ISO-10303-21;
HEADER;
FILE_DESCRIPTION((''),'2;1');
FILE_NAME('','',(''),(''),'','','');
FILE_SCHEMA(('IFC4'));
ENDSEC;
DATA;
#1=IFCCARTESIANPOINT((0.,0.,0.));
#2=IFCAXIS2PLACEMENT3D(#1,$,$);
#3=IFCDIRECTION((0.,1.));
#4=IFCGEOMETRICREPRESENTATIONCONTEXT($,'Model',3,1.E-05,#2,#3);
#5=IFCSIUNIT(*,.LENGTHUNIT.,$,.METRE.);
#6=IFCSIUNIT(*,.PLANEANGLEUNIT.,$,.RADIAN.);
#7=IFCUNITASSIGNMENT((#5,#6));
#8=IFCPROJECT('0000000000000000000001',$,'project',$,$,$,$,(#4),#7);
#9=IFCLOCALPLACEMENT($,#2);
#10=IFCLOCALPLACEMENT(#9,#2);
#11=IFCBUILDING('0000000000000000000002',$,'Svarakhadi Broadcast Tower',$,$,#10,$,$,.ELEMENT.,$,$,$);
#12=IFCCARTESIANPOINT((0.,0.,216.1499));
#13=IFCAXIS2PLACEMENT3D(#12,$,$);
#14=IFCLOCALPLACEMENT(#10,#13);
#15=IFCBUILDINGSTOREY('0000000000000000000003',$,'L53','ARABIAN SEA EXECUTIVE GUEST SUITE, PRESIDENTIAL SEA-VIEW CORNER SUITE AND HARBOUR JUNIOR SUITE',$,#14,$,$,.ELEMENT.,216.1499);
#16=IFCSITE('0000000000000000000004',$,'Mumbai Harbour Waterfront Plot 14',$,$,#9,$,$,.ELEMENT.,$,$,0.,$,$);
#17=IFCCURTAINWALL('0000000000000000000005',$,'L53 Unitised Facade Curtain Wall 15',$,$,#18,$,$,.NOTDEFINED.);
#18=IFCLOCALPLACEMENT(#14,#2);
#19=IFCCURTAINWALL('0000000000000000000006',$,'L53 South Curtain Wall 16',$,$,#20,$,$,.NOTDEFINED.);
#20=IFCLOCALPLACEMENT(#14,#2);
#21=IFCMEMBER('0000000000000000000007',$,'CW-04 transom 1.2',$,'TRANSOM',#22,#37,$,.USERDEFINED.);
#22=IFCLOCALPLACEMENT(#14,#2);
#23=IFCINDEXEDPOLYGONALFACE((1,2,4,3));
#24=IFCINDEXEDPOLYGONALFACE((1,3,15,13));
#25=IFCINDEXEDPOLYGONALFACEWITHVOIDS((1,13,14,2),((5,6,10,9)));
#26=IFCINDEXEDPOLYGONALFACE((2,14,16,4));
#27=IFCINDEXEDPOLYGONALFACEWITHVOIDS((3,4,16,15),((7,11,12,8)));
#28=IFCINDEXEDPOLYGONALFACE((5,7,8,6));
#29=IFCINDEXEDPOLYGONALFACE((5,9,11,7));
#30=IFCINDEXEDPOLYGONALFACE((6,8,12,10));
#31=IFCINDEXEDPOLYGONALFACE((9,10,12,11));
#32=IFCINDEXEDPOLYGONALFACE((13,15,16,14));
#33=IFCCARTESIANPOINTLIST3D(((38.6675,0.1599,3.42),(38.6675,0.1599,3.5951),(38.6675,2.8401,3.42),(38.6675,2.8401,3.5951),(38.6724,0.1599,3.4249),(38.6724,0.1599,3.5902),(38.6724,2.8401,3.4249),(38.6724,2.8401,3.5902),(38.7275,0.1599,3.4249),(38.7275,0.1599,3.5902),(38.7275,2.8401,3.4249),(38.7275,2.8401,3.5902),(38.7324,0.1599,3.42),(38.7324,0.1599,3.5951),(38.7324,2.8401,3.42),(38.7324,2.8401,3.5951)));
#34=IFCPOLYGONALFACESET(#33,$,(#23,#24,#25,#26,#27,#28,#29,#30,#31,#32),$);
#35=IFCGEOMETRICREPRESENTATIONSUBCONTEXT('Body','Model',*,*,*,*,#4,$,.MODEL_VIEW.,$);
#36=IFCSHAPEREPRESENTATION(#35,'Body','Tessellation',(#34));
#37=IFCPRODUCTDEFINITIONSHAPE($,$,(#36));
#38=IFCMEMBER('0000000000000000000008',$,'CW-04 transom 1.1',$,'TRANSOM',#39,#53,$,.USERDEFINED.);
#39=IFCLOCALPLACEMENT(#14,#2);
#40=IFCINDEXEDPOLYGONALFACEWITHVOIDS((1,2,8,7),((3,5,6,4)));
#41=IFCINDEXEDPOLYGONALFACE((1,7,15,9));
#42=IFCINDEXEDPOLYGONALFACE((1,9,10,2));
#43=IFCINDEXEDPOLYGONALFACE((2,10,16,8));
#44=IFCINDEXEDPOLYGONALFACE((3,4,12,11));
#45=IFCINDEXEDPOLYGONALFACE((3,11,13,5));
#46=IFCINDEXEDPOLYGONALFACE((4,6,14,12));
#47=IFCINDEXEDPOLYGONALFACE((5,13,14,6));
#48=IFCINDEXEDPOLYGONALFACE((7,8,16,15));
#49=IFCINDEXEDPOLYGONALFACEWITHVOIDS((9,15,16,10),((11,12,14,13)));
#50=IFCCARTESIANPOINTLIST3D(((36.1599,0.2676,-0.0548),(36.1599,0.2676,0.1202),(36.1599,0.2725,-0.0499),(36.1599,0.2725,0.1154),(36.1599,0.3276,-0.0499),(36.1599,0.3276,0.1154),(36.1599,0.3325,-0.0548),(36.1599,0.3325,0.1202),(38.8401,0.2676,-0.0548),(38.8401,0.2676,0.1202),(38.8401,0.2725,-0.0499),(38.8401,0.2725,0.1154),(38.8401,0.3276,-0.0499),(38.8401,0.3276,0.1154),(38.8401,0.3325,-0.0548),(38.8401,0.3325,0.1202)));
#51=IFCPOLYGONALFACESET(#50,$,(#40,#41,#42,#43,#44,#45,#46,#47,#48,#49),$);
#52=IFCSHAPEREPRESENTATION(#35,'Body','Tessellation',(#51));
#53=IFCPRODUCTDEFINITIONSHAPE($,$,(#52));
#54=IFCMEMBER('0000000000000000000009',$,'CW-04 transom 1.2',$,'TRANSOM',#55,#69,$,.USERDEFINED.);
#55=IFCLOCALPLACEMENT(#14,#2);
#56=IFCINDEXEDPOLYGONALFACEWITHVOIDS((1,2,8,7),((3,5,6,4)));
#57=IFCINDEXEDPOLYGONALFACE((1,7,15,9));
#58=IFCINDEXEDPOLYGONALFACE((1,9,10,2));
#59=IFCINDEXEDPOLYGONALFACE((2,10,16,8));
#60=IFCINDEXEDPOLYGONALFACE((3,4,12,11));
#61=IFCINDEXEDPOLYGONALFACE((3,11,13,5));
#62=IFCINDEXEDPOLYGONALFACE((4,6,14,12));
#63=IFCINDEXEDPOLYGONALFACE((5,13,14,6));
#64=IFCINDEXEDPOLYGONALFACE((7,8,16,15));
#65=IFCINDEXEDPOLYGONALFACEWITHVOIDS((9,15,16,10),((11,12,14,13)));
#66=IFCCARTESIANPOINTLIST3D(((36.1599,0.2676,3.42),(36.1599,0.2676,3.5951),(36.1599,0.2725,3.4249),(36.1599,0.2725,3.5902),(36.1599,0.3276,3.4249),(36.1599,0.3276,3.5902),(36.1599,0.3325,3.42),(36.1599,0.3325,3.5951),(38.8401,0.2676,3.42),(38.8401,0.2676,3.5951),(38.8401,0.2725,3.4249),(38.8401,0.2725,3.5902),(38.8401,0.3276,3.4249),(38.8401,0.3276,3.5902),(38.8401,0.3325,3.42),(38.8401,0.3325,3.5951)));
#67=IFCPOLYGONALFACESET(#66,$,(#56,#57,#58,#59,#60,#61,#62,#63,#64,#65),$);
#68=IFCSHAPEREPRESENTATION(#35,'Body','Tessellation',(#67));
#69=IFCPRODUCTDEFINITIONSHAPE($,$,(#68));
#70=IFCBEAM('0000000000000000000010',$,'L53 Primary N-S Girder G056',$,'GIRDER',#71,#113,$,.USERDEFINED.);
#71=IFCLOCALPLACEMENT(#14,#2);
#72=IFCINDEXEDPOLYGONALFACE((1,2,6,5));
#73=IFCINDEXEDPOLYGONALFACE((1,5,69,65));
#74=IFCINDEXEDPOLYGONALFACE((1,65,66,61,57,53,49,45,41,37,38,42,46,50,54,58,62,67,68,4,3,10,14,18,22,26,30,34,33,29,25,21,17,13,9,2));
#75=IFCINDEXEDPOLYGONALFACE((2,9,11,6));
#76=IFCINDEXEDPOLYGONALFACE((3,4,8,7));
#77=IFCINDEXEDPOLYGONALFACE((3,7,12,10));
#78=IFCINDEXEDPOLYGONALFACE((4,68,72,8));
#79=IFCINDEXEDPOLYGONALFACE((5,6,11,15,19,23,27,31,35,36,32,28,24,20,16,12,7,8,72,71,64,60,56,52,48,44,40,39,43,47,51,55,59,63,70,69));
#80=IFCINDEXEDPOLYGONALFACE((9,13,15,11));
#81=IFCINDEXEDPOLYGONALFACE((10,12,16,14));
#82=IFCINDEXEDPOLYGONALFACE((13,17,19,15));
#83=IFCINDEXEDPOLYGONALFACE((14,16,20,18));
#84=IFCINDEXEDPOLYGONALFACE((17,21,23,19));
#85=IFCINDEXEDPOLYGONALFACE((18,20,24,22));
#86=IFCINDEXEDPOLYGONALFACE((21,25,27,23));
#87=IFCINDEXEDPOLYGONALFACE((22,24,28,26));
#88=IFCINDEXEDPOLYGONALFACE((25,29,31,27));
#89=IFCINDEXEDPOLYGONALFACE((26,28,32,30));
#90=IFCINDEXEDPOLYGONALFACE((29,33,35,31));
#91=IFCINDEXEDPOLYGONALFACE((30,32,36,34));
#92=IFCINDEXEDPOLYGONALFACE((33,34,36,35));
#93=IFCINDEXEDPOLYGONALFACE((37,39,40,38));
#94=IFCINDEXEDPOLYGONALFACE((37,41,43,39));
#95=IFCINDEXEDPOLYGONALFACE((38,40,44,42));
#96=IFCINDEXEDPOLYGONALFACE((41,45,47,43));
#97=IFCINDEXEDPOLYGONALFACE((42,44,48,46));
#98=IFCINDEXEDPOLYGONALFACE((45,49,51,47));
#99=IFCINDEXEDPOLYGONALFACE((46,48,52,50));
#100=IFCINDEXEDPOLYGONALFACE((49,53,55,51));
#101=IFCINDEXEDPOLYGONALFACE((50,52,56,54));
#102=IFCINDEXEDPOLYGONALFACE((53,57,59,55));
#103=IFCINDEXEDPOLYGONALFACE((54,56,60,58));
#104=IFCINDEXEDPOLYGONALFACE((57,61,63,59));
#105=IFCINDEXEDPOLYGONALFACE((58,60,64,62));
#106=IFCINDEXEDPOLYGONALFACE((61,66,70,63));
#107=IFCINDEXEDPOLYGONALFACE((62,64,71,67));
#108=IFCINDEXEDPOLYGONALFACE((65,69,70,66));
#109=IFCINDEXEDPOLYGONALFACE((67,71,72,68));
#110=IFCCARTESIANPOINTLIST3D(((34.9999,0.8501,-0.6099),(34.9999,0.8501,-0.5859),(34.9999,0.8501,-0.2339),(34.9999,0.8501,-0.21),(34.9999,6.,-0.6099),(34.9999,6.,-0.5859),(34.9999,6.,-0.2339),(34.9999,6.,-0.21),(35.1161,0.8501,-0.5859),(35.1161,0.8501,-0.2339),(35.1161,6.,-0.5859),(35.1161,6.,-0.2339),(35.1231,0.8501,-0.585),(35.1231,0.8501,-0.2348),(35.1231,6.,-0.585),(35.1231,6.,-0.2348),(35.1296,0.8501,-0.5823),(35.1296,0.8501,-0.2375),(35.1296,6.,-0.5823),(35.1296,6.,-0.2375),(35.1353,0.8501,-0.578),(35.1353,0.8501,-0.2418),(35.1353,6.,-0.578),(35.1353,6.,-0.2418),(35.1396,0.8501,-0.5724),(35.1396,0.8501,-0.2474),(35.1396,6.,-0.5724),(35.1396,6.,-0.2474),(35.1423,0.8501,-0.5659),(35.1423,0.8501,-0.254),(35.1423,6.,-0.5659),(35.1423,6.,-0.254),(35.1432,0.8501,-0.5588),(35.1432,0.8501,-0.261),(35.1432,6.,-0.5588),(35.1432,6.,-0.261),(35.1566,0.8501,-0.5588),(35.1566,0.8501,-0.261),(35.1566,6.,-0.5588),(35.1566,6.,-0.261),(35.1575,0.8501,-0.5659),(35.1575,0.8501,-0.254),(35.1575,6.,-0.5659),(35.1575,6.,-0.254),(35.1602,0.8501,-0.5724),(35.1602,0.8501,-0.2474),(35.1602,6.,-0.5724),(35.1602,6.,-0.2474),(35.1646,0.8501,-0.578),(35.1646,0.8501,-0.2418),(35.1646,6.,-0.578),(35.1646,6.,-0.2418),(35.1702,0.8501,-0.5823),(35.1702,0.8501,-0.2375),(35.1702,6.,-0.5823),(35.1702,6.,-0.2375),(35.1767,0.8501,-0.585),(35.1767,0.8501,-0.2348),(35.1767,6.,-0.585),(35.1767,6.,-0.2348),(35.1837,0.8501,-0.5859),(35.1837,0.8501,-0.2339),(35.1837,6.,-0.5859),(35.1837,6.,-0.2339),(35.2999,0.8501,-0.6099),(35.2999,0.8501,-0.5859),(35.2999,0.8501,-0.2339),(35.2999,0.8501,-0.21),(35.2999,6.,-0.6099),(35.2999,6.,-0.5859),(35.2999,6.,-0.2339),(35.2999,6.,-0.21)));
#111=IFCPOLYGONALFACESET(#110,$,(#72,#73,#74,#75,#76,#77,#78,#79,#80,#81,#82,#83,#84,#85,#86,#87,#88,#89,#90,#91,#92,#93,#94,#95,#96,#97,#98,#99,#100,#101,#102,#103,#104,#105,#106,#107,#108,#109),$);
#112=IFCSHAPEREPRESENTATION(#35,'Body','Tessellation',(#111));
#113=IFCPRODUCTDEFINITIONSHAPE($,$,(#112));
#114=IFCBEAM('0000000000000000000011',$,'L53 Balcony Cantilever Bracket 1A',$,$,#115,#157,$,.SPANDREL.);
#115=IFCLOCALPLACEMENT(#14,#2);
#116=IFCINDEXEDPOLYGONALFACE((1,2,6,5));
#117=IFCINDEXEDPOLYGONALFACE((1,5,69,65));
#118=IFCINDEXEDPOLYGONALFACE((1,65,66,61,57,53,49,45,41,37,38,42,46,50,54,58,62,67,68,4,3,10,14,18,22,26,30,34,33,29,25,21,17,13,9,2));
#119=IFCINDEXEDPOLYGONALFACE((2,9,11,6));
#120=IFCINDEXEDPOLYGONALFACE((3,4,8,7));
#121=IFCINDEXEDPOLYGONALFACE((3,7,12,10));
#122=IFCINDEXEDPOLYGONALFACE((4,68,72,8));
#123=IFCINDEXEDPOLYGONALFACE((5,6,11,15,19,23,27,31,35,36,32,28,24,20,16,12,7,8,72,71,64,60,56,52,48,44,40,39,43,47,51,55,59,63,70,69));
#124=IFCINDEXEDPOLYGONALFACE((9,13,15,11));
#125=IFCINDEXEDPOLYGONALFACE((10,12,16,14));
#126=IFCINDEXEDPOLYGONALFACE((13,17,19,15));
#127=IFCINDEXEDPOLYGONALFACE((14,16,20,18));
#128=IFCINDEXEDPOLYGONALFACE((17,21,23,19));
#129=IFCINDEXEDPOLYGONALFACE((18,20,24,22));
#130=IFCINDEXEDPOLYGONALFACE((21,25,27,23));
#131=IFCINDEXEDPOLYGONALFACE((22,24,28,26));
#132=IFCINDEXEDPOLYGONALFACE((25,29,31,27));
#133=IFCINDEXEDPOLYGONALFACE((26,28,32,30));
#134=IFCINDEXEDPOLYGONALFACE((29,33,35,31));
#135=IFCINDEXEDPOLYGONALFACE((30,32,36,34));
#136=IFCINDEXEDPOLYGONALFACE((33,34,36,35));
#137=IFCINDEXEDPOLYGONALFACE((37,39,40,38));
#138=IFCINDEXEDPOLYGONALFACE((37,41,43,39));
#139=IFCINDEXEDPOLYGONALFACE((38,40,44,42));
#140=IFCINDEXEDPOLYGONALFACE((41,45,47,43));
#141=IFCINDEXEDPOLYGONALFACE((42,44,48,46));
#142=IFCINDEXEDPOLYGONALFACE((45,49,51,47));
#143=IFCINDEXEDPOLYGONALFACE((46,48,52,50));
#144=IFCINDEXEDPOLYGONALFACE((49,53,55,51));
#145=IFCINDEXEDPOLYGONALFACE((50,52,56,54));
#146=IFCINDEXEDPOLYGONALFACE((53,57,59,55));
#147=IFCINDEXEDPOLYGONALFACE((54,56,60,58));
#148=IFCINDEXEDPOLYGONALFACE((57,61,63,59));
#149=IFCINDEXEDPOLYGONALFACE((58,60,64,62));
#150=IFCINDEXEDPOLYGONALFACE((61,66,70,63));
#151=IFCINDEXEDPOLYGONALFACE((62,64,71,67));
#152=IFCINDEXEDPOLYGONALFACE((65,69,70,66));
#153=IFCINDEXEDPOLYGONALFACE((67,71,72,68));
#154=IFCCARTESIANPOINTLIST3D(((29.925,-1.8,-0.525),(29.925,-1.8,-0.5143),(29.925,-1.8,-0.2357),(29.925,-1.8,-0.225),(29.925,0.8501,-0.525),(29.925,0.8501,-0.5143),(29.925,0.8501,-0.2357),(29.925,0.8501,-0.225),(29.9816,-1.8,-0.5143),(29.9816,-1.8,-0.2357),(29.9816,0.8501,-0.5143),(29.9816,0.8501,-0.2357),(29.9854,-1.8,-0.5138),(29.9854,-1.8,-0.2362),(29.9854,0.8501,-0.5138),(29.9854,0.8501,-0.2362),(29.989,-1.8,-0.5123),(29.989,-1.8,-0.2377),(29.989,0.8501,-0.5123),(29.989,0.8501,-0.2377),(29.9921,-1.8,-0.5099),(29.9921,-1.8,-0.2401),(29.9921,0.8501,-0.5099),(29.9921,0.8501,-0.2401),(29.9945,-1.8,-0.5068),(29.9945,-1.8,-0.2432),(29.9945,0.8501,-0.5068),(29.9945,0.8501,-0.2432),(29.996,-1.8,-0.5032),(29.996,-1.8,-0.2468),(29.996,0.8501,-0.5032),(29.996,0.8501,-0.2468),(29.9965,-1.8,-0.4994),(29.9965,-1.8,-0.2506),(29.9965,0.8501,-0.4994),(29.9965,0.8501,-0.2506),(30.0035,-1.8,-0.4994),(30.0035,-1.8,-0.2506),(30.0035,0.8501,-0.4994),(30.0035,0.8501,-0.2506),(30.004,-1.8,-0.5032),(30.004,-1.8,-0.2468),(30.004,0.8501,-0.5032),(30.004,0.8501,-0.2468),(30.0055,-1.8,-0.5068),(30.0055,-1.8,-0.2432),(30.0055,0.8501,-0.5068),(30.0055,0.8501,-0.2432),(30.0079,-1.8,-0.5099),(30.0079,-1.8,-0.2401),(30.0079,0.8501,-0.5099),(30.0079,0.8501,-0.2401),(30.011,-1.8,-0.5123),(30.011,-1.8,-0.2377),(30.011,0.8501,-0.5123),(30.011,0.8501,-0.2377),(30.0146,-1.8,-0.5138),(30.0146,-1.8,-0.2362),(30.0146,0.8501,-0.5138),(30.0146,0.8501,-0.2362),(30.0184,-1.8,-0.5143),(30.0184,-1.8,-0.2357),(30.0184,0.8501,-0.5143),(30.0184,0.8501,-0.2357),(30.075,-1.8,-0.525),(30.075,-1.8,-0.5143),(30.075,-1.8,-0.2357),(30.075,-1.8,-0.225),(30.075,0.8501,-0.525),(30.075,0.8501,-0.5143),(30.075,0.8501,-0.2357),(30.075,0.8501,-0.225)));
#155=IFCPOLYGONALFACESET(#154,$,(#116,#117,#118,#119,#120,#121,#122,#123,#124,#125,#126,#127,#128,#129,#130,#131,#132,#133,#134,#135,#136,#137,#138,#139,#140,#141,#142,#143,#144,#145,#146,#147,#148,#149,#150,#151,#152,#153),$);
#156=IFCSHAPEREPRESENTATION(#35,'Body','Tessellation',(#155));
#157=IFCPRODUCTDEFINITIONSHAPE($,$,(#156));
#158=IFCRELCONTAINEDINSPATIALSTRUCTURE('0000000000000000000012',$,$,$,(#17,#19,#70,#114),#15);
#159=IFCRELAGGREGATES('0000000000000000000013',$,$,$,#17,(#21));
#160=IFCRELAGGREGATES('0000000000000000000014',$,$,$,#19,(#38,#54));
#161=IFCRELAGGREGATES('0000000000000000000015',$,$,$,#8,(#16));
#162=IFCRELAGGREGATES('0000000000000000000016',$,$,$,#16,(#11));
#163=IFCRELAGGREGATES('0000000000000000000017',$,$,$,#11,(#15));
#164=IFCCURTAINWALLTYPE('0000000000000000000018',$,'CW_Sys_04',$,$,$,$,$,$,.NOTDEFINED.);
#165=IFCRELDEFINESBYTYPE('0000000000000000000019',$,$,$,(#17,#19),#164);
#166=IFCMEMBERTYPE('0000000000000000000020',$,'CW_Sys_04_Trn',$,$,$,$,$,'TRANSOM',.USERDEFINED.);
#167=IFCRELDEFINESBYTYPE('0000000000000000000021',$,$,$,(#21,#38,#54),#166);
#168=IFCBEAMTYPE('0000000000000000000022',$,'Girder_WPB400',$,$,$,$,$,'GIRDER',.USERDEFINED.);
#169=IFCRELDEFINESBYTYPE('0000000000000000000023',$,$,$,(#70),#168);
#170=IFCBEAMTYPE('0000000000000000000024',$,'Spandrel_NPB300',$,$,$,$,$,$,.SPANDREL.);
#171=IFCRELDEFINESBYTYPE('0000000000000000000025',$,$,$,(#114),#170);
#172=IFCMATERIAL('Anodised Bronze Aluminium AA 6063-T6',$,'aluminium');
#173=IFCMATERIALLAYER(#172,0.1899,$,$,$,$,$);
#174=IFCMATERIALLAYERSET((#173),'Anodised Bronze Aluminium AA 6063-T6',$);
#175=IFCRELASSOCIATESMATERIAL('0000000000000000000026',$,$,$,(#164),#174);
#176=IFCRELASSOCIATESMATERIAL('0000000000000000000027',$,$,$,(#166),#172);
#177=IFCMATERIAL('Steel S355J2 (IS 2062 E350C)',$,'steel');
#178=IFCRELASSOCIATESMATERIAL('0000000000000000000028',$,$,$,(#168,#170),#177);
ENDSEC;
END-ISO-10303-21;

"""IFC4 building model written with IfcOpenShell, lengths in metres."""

from ifc_helpers import new_model, si_unit, direction, frame, origin, origin_2d, place, context, subcontext, project, spatial, hollow_rectangle, i_section, extrude, material, layer, layer_set, material_profile, profile_set, type_object, element, aggregate, save


model = new_model("IFC4")

# Units and contexts
model_context = context("Model", 3, precision=1e-05, world=origin(), true_north=direction((0.0, 1.0)))
body_context = subcontext(model_context, "Body", "Model", "MODEL_VIEW")
ifc_project = project(units=[si_unit("LENGTHUNIT", "METRE"), si_unit("PLANEANGLEUNIT", "RADIAN")], contexts=[model_context])

# Site, building, storey
site_placement = place(None, origin())
site = spatial("IfcSite", under=ifc_project, at=site_placement, Name="Mumbai Harbour Waterfront Plot 14", CompositionType="ELEMENT", RefElevation=0.0)
building_placement = place(site_placement, origin())
building = spatial("IfcBuilding", under=site, at=building_placement, Name="Svarakhadi Broadcast Tower", CompositionType="ELEMENT")
storey_placement = place(building_placement, frame((0.0, 0.0, 216.1499)))
storey = spatial("IfcBuildingStorey", under=building, at=storey_placement, Name="L53", Description="ARABIAN SEA EXECUTIVE GUEST SUITE, PRESIDENTIAL SEA-VIEW CORNER SUITE AND HARBOUR JUNIOR SUITE", CompositionType="ELEMENT", Elevation=216.1499)

# Shared definitions
ifc_material_1 = material(Name="Anodised Bronze Aluminium AA 6063-T6", Category="aluminium")
ifc_layer_1 = layer(ifc_material_1, 0.1899)
ifc_layer_set_1 = layer_set([ifc_layer_1], Name="Anodised Bronze Aluminium AA 6063-T6")
curtain_wall_type = type_object("IfcCurtainWallType", Name="CW_Sys_04", PredefinedType="NOTDEFINED", material=ifc_layer_set_1)

# Curtain walls
curtain_wall_1_placement = place(storey_placement, origin())
curtain_wall_1 = element("IfcCurtainWall", 1, at=curtain_wall_1_placement, inside=storey, type_object=curtain_wall_type, Name="L53 Unitised Facade Curtain Wall 15", PredefinedType="NOTDEFINED")
curtain_wall_2_placement = place(storey_placement, origin())
curtain_wall_2 = element("IfcCurtainWall", 2, at=curtain_wall_2_placement, inside=storey, type_object=curtain_wall_type, Name="L53 South Curtain Wall 16", PredefinedType="NOTDEFINED")

# Members
ifc_material_profile_1 = material_profile(ifc_material_1, hollow_rectangle(XDim=0.0649, YDim=0.175, WallThickness=0.0049, at=origin_2d()), Name="ALU TRANSOM 175x65x5")
ifc_profile_set_1 = profile_set([ifc_material_profile_1], Name="Anodised Bronze Aluminium AA 6063-T6")
member_type_1 = type_object("IfcMemberType", Name="CW_Sys_04_Trn", ElementType="TRANSOM", PredefinedType="USERDEFINED", material=ifc_profile_set_1)
member_1_placement = place(storey_placement, frame((38.7, 2.8401, 3.5076), z_axis=(0.0, -1.0, 0.0), x_axis=(1.0, 0.0, 0.0)))
member_1 = element("IfcMember", 3, at=member_1_placement, type_object=member_type_1, Name="CW-04 transom 1.2", ObjectType="TRANSOM", PredefinedType="USERDEFINED", context=body_context, shape_type="SweptSolid", body=[
    extrude(hollow_rectangle(XDim=0.0649, YDim=0.175, WallThickness=0.0049, at=origin_2d()), origin(), (0.0, 0.0, 1.0), 2.6802),
])
member_2_placement = place(storey_placement, frame((38.8401, 0.3, 0.0327), z_axis=(-1.0, 0.0, 0.0), x_axis=(0.0, -1.0, 0.0)))
member_2 = element("IfcMember", 4, at=member_2_placement, type_object=member_type_1, Name="CW-04 transom 1.1", ObjectType="TRANSOM", PredefinedType="USERDEFINED", context=body_context, shape_type="SweptSolid", body=[
    extrude(hollow_rectangle(XDim=0.0649, YDim=0.175, WallThickness=0.0049, at=origin_2d()), origin(), (0.0, 0.0, 1.0), 2.6802),
])
member_3_placement = place(storey_placement, frame((38.8401, 0.3, 3.5076), z_axis=(-1.0, 0.0, 0.0), x_axis=(0.0, -1.0, 0.0)))
member_3 = element("IfcMember", 5, at=member_3_placement, type_object=member_type_1, Name="CW-04 transom 1.2", ObjectType="TRANSOM", PredefinedType="USERDEFINED", context=body_context, shape_type="SweptSolid", body=[
    extrude(hollow_rectangle(XDim=0.0649, YDim=0.175, WallThickness=0.0049, at=origin_2d()), origin(), (0.0, 0.0, 1.0), 2.6802),
])

# Beams
ifc_material_2 = material(Name="Steel S355J2 (IS 2062 E350C)", Category="steel")
ifc_material_profile_2 = material_profile(ifc_material_2, i_section(OverallWidth=0.3, OverallDepth=0.3999, WebThickness=0.0134, FlangeThickness=0.0239, FilletRadius=0.0271, at=origin_2d()), Name="WPB 400x300x155")
ifc_profile_set_2 = profile_set([ifc_material_profile_2], Name="Steel S355J2 (IS 2062 E350C)")
beam_type_1 = type_object("IfcBeamType", Name="Girder_WPB400", ElementType="GIRDER", PredefinedType="USERDEFINED", material=ifc_profile_set_2)
beam_placement = place(storey_placement, frame((35.1499, 0.8501, -0.4099), z_axis=(0.0, 1.0, 0.0), x_axis=(-1.0, 0.0, 0.0)))
element("IfcBeam", 6, at=beam_placement, inside=storey, type_object=beam_type_1, Name="L53 Primary N-S Girder G056", ObjectType="GIRDER", PredefinedType="USERDEFINED", context=body_context, shape_type="SweptSolid", body=[
    extrude(i_section(OverallWidth=0.3, OverallDepth=0.3999, WebThickness=0.0134, FlangeThickness=0.0239, FilletRadius=0.0271, at=origin_2d()), origin(), (0.0, 0.0, 1.0), 5.1499),
])
ifc_material_profile_3 = material_profile(ifc_material_2, i_section(OverallWidth=0.1499, OverallDepth=0.3, WebThickness=0.0071, FlangeThickness=0.0107, FilletRadius=0.0149, at=origin_2d()), Name="NPB 300x150x37")
ifc_profile_set_3 = profile_set([ifc_material_profile_3], Name="Steel S355J2 (IS 2062 E350C)")
beam_type_2 = type_object("IfcBeamType", Name="Spandrel_NPB300", PredefinedType="SPANDREL", material=ifc_profile_set_3)
for number, where, z_axis, x_axis, name in (
    (7, (30.0, 0.8501, -0.375), (0.0, -1.0, 0.0), (1.0, 0.0, 0.0), "L53 Balcony Cantilever Bracket 1A"),
):
    element("IfcBeam", number, at=place(storey_placement, frame(where, z_axis=z_axis, x_axis=x_axis)), inside=storey, type_object=beam_type_2, Name=name, PredefinedType="SPANDREL", context=body_context, shape_type="SweptSolid", body=[
        extrude(i_section(OverallWidth=0.1499, OverallDepth=0.3, WebThickness=0.0071, FlangeThickness=0.0107, FilletRadius=0.0149, at=origin_2d()), origin(), (0.0, 0.0, 1.0), 2.6501),
    ])

aggregate(curtain_wall_1, [member_1])
aggregate(curtain_wall_2, [member_2, member_3])

save(model, "model.ifc")
